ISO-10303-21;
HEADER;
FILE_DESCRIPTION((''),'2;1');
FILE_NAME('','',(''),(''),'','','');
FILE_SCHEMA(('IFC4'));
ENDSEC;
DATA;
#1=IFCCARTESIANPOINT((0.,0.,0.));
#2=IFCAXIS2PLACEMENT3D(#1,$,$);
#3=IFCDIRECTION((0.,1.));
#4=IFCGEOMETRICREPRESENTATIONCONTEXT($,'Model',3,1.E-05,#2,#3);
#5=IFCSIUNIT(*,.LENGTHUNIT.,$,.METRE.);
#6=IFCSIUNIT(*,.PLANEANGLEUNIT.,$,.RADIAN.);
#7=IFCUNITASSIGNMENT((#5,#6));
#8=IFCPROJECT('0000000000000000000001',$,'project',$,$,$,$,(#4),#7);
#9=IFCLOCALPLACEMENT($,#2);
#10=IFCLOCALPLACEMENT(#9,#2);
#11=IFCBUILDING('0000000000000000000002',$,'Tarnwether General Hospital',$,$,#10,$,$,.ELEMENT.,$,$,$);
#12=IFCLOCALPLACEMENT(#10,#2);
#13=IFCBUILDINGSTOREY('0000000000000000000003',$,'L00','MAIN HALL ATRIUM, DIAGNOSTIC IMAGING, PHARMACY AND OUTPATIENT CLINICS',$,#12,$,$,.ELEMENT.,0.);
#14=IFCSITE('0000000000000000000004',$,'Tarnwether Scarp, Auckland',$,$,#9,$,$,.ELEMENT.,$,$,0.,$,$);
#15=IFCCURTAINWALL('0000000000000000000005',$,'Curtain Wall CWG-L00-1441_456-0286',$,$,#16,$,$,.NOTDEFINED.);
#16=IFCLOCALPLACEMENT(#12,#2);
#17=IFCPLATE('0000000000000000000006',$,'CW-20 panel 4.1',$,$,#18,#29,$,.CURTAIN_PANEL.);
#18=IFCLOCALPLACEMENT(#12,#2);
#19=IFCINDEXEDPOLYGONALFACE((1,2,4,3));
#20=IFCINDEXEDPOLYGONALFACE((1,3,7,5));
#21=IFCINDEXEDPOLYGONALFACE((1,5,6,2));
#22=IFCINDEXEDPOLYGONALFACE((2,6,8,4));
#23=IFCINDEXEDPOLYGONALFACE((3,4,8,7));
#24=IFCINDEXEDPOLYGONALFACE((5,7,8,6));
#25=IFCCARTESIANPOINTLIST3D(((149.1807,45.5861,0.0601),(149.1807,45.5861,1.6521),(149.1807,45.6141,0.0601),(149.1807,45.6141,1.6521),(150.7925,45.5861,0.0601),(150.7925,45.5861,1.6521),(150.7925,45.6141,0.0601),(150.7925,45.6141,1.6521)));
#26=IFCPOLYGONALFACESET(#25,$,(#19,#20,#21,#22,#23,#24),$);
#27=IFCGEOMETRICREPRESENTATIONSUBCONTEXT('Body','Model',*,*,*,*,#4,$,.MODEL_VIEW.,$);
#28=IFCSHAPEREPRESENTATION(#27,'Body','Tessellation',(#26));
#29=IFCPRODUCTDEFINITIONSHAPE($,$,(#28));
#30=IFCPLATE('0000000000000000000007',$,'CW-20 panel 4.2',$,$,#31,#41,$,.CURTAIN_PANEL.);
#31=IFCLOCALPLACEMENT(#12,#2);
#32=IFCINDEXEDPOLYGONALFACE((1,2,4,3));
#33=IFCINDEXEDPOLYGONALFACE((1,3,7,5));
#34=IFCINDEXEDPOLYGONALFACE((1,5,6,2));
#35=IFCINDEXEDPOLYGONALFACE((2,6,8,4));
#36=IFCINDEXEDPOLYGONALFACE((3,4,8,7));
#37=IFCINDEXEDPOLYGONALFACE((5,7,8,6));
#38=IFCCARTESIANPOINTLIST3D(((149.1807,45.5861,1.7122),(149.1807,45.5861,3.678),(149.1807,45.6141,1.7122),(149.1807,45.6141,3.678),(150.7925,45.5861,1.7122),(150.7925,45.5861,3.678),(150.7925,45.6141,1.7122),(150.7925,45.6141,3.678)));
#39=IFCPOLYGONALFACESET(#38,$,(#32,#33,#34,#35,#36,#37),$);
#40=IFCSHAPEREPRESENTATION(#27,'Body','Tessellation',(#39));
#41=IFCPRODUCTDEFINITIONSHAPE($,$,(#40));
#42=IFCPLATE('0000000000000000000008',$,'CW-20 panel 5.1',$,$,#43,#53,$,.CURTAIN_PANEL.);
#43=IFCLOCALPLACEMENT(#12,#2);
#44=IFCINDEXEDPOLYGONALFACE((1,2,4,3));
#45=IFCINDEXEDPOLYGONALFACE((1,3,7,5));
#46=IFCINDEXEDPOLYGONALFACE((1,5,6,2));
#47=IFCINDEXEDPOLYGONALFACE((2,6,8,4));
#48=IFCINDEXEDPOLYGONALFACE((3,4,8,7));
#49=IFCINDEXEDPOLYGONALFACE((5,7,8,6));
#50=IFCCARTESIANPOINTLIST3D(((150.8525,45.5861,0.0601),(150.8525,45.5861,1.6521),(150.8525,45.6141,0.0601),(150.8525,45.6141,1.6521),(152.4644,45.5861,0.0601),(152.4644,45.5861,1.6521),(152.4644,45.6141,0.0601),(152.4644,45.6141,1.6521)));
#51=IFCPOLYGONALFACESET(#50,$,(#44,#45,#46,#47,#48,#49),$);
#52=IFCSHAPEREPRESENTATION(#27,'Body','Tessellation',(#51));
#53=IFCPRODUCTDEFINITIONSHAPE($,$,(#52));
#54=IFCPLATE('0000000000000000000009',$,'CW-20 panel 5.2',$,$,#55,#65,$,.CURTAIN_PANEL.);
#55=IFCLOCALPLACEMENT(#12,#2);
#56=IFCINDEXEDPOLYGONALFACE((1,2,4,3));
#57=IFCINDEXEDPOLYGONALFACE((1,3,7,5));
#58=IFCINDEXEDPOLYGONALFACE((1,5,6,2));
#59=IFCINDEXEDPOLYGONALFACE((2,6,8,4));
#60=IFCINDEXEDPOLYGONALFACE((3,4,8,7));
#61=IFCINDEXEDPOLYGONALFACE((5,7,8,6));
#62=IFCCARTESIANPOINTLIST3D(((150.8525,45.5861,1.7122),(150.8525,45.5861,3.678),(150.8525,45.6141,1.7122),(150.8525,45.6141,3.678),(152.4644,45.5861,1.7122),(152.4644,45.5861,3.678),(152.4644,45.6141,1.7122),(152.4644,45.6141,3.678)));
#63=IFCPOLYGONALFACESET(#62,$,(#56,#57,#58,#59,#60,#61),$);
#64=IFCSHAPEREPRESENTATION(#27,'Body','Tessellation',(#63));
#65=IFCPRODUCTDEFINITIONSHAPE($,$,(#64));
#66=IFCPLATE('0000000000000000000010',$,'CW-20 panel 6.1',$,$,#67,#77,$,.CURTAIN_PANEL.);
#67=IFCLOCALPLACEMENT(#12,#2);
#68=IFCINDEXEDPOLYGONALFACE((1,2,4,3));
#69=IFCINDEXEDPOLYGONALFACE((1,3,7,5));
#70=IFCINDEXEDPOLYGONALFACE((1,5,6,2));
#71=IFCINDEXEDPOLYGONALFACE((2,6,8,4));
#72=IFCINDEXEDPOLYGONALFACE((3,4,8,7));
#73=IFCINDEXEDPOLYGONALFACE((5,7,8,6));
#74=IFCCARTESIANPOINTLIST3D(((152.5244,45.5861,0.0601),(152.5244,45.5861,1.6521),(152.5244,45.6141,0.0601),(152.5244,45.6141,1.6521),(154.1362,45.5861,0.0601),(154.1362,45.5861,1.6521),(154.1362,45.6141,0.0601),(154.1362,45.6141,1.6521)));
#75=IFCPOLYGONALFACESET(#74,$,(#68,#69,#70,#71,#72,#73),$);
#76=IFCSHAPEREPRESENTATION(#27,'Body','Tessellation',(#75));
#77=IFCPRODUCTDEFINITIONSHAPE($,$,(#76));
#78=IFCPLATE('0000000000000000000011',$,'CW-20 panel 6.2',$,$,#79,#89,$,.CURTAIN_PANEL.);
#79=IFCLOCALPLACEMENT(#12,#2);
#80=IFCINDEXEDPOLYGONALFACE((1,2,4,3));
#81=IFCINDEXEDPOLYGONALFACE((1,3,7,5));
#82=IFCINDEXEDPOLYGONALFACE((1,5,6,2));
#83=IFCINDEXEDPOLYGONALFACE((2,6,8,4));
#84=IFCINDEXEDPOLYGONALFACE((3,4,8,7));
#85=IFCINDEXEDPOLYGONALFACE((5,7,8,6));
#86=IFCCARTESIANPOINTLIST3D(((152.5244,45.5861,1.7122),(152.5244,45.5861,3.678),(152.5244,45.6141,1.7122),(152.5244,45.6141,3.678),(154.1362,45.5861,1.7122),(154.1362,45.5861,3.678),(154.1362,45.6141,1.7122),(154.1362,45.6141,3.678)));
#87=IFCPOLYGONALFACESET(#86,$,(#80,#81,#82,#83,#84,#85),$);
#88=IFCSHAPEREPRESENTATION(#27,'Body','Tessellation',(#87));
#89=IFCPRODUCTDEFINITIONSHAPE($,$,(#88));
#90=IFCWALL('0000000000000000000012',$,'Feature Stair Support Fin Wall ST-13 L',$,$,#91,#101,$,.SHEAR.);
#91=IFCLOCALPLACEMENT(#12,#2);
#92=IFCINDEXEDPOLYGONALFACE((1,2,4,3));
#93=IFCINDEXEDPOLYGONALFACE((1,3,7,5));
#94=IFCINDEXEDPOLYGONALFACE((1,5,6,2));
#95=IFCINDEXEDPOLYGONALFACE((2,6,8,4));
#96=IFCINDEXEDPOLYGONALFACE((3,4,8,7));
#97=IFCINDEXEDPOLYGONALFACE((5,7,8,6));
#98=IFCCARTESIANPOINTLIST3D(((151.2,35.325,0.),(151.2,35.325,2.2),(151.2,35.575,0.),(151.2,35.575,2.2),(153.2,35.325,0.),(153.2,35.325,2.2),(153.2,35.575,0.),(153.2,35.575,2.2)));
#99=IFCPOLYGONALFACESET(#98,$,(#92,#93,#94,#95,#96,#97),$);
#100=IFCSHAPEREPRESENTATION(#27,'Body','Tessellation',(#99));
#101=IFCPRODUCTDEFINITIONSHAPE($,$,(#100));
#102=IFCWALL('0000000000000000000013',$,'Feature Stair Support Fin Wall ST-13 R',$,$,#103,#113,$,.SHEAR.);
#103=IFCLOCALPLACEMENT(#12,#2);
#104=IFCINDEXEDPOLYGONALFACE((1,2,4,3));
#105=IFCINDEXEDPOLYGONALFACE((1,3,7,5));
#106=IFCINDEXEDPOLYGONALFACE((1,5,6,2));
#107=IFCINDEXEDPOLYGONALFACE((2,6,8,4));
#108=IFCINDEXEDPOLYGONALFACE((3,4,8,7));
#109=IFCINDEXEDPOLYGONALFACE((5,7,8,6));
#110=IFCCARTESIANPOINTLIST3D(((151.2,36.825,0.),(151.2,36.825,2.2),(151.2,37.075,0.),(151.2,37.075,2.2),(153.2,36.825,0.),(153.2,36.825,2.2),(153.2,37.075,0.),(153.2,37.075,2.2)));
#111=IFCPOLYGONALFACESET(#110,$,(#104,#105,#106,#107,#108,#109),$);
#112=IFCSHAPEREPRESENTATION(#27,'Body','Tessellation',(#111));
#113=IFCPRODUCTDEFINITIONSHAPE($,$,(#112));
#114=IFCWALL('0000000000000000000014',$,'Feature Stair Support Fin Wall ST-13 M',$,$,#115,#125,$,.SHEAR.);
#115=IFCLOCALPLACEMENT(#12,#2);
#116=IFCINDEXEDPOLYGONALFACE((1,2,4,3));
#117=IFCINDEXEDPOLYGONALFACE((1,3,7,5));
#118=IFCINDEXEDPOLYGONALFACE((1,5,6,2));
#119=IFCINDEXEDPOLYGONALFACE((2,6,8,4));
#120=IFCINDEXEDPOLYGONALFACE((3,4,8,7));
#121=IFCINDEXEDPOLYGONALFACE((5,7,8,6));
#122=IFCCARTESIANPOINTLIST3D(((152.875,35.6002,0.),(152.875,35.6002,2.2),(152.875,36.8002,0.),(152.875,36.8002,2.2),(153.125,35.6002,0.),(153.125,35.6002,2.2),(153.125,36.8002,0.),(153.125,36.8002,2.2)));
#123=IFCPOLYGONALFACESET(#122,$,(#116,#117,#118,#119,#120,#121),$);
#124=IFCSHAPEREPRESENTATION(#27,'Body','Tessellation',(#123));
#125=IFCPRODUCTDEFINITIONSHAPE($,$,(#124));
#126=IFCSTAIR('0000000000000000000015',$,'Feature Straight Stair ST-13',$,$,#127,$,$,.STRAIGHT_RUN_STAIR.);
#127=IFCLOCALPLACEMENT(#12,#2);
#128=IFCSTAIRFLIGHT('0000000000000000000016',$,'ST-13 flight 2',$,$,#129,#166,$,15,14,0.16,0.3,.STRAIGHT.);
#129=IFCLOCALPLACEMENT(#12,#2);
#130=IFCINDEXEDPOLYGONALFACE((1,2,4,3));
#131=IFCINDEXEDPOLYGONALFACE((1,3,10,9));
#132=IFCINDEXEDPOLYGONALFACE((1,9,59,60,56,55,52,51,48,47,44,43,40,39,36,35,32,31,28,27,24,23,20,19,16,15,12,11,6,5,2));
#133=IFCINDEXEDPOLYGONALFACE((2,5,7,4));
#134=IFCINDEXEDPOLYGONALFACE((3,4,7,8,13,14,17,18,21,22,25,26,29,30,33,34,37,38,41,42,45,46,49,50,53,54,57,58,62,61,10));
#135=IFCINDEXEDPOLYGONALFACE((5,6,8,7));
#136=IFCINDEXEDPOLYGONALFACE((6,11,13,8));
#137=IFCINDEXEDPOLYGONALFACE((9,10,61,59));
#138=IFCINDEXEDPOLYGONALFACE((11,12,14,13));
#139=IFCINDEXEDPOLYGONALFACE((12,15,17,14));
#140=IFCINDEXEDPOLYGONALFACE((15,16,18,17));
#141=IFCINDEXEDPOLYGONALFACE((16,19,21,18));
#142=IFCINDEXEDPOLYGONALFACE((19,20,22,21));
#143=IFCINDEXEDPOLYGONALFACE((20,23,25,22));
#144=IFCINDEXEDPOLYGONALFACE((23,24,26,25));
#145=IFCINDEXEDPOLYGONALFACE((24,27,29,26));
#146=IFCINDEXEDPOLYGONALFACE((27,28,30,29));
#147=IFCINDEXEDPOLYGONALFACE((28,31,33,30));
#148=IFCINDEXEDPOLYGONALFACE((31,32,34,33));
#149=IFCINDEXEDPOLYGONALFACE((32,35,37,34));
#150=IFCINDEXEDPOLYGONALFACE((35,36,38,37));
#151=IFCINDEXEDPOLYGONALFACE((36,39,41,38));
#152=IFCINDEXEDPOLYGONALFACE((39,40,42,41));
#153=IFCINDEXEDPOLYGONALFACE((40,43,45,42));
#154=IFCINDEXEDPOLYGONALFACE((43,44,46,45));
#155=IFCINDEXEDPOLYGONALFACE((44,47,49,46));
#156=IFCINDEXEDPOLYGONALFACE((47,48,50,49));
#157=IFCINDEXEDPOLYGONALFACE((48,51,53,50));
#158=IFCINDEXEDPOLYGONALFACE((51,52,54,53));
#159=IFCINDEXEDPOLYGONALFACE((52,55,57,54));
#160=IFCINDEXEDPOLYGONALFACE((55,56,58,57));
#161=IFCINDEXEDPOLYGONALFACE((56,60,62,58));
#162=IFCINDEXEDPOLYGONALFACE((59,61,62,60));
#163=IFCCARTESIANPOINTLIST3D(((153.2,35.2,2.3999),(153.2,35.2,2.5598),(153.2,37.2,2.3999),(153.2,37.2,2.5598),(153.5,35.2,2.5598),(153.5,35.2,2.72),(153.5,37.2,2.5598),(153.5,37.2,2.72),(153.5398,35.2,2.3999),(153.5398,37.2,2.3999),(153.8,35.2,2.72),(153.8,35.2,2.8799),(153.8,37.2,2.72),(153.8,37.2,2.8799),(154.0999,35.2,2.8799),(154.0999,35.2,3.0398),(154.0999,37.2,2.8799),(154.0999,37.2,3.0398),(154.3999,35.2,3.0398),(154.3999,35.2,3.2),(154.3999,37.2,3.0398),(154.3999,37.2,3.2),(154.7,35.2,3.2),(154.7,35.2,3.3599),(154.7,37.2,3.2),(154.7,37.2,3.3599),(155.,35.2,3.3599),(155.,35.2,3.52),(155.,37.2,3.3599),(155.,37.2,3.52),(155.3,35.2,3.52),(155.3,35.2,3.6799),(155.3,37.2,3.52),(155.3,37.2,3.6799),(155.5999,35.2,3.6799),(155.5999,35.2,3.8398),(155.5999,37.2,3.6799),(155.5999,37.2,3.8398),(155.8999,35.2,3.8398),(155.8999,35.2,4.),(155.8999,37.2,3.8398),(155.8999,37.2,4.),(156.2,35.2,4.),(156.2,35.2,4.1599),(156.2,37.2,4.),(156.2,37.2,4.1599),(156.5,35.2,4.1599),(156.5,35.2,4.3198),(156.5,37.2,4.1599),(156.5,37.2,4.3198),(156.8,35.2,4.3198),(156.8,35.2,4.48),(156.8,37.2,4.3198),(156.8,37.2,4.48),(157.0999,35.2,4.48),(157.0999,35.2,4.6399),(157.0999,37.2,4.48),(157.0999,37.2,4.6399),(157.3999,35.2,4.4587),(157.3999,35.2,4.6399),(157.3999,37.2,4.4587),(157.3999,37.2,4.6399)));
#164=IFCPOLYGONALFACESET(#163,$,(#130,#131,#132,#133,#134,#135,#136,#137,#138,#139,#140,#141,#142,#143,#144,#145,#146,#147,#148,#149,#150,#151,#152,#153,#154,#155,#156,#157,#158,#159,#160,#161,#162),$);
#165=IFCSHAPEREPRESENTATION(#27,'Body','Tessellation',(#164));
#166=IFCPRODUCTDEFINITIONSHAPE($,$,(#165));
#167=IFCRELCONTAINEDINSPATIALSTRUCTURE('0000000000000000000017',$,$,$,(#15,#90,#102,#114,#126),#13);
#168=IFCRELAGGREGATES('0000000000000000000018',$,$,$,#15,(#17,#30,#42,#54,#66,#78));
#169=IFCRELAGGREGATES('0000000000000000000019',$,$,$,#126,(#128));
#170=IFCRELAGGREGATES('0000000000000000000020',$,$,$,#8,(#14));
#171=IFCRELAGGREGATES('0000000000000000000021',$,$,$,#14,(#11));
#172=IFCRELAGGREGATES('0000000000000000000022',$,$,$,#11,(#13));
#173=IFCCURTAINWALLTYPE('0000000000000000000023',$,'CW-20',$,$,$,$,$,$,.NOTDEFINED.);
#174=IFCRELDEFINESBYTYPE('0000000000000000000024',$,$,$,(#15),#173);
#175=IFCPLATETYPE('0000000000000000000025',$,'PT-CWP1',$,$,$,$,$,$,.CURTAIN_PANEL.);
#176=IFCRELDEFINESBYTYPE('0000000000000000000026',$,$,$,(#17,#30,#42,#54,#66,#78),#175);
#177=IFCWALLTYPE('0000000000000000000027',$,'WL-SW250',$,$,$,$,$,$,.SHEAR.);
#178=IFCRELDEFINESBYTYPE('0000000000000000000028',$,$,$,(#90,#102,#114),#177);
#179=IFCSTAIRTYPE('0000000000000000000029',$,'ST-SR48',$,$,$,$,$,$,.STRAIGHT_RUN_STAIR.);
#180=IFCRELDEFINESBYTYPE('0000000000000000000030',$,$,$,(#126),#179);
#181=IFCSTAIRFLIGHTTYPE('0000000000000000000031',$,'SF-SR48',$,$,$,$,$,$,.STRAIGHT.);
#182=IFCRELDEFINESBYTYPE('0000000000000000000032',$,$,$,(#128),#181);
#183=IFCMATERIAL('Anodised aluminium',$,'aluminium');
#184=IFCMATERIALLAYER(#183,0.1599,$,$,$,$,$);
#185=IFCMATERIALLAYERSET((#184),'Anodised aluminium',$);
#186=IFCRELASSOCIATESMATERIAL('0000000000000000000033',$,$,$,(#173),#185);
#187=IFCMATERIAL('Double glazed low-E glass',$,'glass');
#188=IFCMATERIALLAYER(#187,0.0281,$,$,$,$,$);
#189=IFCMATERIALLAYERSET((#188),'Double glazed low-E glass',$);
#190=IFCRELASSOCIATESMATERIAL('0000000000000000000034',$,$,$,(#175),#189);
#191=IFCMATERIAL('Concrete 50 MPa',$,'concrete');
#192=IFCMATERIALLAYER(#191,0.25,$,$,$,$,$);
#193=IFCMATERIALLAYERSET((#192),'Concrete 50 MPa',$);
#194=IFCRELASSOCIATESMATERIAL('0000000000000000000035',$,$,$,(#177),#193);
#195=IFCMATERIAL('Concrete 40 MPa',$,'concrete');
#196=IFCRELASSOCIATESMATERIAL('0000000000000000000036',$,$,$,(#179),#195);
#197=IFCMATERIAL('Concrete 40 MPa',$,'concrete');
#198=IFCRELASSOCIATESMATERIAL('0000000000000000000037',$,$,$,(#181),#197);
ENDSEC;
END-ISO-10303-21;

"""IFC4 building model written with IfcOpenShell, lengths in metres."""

from ifc_helpers import new_model, si_unit, direction, frame, frame_2d, origin, origin_2d, place, context, subcontext, project, spatial, polyline, rectangle, outline, extrude, material, layer, layer_set, type_object, element, aggregate, save


model = new_model("IFC4")

# Units and contexts
model_context = context("Model", 3, precision=1e-05, world=origin(), true_north=direction((0.0, 1.0)))
body_context = subcontext(model_context, "Body", "Model", "MODEL_VIEW")
ifc_project = project(units=[si_unit("LENGTHUNIT", "METRE"), si_unit("PLANEANGLEUNIT", "RADIAN")], contexts=[model_context])

# Site, building, storey
site_placement = place(None, origin())
site = spatial("IfcSite", under=ifc_project, at=site_placement, Name="Tarnwether Scarp, Auckland", CompositionType="ELEMENT", RefElevation=0.0)
building_placement = place(site_placement, origin())
building = spatial("IfcBuilding", under=site, at=building_placement, Name="Tarnwether General Hospital", CompositionType="ELEMENT")
storey_placement = place(building_placement, origin())
storey = spatial("IfcBuildingStorey", under=building, at=storey_placement, Name="L00", Description="MAIN HALL ATRIUM, DIAGNOSTIC IMAGING, PHARMACY AND OUTPATIENT CLINICS", CompositionType="ELEMENT", Elevation=0.0)

# Curtain wall, plates
ifc_material_1 = material(Name="Anodised aluminium", Category="aluminium")
ifc_layer_1 = layer(ifc_material_1, 0.1599)
ifc_layer_set_1 = layer_set([ifc_layer_1], Name="Anodised aluminium")
curtain_wall_type = type_object("IfcCurtainWallType", Name="CW-20", PredefinedType="NOTDEFINED", material=ifc_layer_set_1)
curtain_wall_placement = place(storey_placement, origin())
curtain_wall = element("IfcCurtainWall", 1, at=curtain_wall_placement, inside=storey, type_object=curtain_wall_type, Name="Curtain Wall CWG-L00-1441_456-0286", PredefinedType="NOTDEFINED")
ifc_material_2 = material(Name="Double glazed low-E glass", Category="glass")
ifc_layer_2 = layer(ifc_material_2, 0.0281)
ifc_layer_set_2 = layer_set([ifc_layer_2], Name="Double glazed low-E glass")
plate_type = type_object("IfcPlateType", Name="PT-CWP1", PredefinedType="CURTAIN_PANEL", material=ifc_layer_set_2)
plate_1_placement = place(storey_placement, frame((149.9866, 45.6001, 0.0601), z_axis=(0.0, 0.0, 1.0), x_axis=(1.0, 0.0, 0.0)))
plate_1 = element("IfcPlate", 2, at=plate_1_placement, type_object=plate_type, Name="CW-20 panel 4.1", PredefinedType="CURTAIN_PANEL", context=body_context, shape_type="SweptSolid", body=[
    extrude(rectangle(XDim=1.6118, YDim=0.0281, at=origin_2d()), origin(), (0.0, 0.0, 1.0), 1.592),
])
plate_2_placement = place(storey_placement, frame((149.9866, 45.6001, 1.7122), z_axis=(0.0, 0.0, 1.0), x_axis=(1.0, 0.0, 0.0)))
plate_2 = element("IfcPlate", 3, at=plate_2_placement, type_object=plate_type, Name="CW-20 panel 4.2", PredefinedType="CURTAIN_PANEL", context=body_context, shape_type="SweptSolid", body=[
    extrude(rectangle(XDim=1.6118, YDim=0.0281, at=origin_2d()), origin(), (0.0, 0.0, 1.0), 1.9658),
])
plate_3_placement = place(storey_placement, frame((151.6584, 45.6001, 0.0601), z_axis=(0.0, 0.0, 1.0), x_axis=(1.0, 0.0, 0.0)))
plate_3 = element("IfcPlate", 4, at=plate_3_placement, type_object=plate_type, Name="CW-20 panel 5.1", PredefinedType="CURTAIN_PANEL", context=body_context, shape_type="SweptSolid", body=[
    extrude(rectangle(XDim=1.6118, YDim=0.0281, at=origin_2d()), origin(), (0.0, 0.0, 1.0), 1.592),
])
plate_4_placement = place(storey_placement, frame((151.6584, 45.6001, 1.7122), z_axis=(0.0, 0.0, 1.0), x_axis=(1.0, 0.0, 0.0)))
plate_4 = element("IfcPlate", 5, at=plate_4_placement, type_object=plate_type, Name="CW-20 panel 5.2", PredefinedType="CURTAIN_PANEL", context=body_context, shape_type="SweptSolid", body=[
    extrude(rectangle(XDim=1.6118, YDim=0.0281, at=origin_2d()), origin(), (0.0, 0.0, 1.0), 1.9658),
])
plate_5_placement = place(storey_placement, frame((153.3303, 45.6001, 0.0601), z_axis=(0.0, 0.0, 1.0), x_axis=(1.0, 0.0, 0.0)))
plate_5 = element("IfcPlate", 6, at=plate_5_placement, type_object=plate_type, Name="CW-20 panel 6.1", PredefinedType="CURTAIN_PANEL", context=body_context, shape_type="SweptSolid", body=[
    extrude(rectangle(XDim=1.6118, YDim=0.0281, at=origin_2d()), origin(), (0.0, 0.0, 1.0), 1.592),
])
plate_6_placement = place(storey_placement, frame((153.3303, 45.6001, 1.7122), z_axis=(0.0, 0.0, 1.0), x_axis=(1.0, 0.0, 0.0)))
plate_6 = element("IfcPlate", 7, at=plate_6_placement, type_object=plate_type, Name="CW-20 panel 6.2", PredefinedType="CURTAIN_PANEL", context=body_context, shape_type="SweptSolid", body=[
    extrude(rectangle(XDim=1.6118, YDim=0.0281, at=origin_2d()), origin(), (0.0, 0.0, 1.0), 1.9658),
])
aggregate(curtain_wall, [plate_1, plate_2, plate_3, plate_4, plate_5, plate_6])

# Walls
ifc_material_3 = material(Name="Concrete 50 MPa", Category="concrete")
ifc_layer_3 = layer(ifc_material_3, 0.25)
ifc_layer_set_3 = layer_set([ifc_layer_3], Name="Concrete 50 MPa")
wall_type = type_object("IfcWallType", Name="WL-SW250", PredefinedType="SHEAR", material=ifc_layer_set_3)
for number, where, z_axis, x_axis, name in (
    (8, (151.2, 35.45, 0.0), (0.0, 0.0, 1.0), (1.0, 0.0, 0.0), "Feature Stair Support Fin Wall ST-13 L"),
    (9, (151.2, 36.95, 0.0), (0.0, 0.0, 1.0), (1.0, 0.0, 0.0), "Feature Stair Support Fin Wall ST-13 R"),
):
    element("IfcWall", number, at=place(storey_placement, frame(where, z_axis=z_axis, x_axis=x_axis)), inside=storey, type_object=wall_type, Name=name, PredefinedType="SHEAR", context=body_context, shape_type="SweptSolid", body=[
        extrude(rectangle(XDim=2.0, YDim=0.25, at=frame_2d((1.0, 0.0))), origin(), (0.0, 0.0, 1.0), 2.2),
    ])
wall_placement = place(storey_placement, frame((153.0, 35.6001, 0.0), z_axis=(0.0, 0.0, 1.0), x_axis=(0.0, 1.0, 0.0)))
element("IfcWall", 10, at=wall_placement, inside=storey, type_object=wall_type, Name="Feature Stair Support Fin Wall ST-13 M", PredefinedType="SHEAR", context=body_context, shape_type="SweptSolid", body=[
    extrude(rectangle(XDim=1.2, YDim=0.25, at=frame_2d((0.6001, 0.0))), origin(), (0.0, 0.0, 1.0), 2.2),
])

# Stair, stair flight
ifc_material_4 = material(Name="Concrete 40 MPa", Category="concrete")
stair_type = type_object("IfcStairType", Name="ST-SR48", PredefinedType="STRAIGHT_RUN_STAIR", material=ifc_material_4)
stair_placement = place(storey_placement, origin())
stair = element("IfcStair", 11, at=stair_placement, inside=storey, type_object=stair_type, Name="Feature Straight Stair ST-13", PredefinedType="STRAIGHT_RUN_STAIR")
ifc_material_5 = material(Name="Concrete 40 MPa", Category="concrete")
stair_flight_type = type_object("IfcStairFlightType", Name="SF-SR48", PredefinedType="STRAIGHT", material=ifc_material_5)
stair_flight_placement = place(storey_placement, frame((153.2, 36.2, 2.3999), z_axis=(0.0, 0.0, 1.0), x_axis=(1.0, 0.0, 0.0)))
stair_flight = element("IfcStairFlight", 12, at=stair_flight_placement, type_object=stair_flight_type, Name="ST-13 flight 2", NumberOfRisers=15, NumberOfTreads=14, PredefinedType="STRAIGHT", RiserHeight=0.16, TreadLength=0.3, context=body_context, shape_type="SweptSolid", body=[
    extrude(outline(polyline([(0.0, 0.0), (0.0, 0.1599), (0.3, 0.1599), (0.3, 0.3201), (0.6001, 0.3201), (0.6001, 0.48), (0.8999, 0.48), (0.8999, 0.6399), (1.2, 0.6399), (1.2, 0.8), (1.5, 0.8), (1.5, 0.96), (1.8, 0.96), (1.8, 1.1201), (2.1001, 1.1201), (2.1001, 1.28), (2.3999, 1.28), (2.3999, 1.4399), (2.7, 1.4399), (2.7, 1.6001), (3.0, 1.6001), (3.0, 1.76), (3.3, 1.76), (3.3, 1.9199), (3.6001, 1.9199), (3.6001, 2.0801), (3.8999, 2.0801), (3.8999, 2.24), (4.2, 2.24), (4.2, 2.3999), (4.2, 2.0588), (0.3398, 0.0), (0.0, 0.0)])), frame((0.0, 1.0, 0.0), z_axis=(0.0, -1.0, 0.0), x_axis=(1.0, 0.0, 0.0)), (0.0, 0.0, 1.0), 2.0),
])
aggregate(stair, [stair_flight])

save(model, "model.ifc")
